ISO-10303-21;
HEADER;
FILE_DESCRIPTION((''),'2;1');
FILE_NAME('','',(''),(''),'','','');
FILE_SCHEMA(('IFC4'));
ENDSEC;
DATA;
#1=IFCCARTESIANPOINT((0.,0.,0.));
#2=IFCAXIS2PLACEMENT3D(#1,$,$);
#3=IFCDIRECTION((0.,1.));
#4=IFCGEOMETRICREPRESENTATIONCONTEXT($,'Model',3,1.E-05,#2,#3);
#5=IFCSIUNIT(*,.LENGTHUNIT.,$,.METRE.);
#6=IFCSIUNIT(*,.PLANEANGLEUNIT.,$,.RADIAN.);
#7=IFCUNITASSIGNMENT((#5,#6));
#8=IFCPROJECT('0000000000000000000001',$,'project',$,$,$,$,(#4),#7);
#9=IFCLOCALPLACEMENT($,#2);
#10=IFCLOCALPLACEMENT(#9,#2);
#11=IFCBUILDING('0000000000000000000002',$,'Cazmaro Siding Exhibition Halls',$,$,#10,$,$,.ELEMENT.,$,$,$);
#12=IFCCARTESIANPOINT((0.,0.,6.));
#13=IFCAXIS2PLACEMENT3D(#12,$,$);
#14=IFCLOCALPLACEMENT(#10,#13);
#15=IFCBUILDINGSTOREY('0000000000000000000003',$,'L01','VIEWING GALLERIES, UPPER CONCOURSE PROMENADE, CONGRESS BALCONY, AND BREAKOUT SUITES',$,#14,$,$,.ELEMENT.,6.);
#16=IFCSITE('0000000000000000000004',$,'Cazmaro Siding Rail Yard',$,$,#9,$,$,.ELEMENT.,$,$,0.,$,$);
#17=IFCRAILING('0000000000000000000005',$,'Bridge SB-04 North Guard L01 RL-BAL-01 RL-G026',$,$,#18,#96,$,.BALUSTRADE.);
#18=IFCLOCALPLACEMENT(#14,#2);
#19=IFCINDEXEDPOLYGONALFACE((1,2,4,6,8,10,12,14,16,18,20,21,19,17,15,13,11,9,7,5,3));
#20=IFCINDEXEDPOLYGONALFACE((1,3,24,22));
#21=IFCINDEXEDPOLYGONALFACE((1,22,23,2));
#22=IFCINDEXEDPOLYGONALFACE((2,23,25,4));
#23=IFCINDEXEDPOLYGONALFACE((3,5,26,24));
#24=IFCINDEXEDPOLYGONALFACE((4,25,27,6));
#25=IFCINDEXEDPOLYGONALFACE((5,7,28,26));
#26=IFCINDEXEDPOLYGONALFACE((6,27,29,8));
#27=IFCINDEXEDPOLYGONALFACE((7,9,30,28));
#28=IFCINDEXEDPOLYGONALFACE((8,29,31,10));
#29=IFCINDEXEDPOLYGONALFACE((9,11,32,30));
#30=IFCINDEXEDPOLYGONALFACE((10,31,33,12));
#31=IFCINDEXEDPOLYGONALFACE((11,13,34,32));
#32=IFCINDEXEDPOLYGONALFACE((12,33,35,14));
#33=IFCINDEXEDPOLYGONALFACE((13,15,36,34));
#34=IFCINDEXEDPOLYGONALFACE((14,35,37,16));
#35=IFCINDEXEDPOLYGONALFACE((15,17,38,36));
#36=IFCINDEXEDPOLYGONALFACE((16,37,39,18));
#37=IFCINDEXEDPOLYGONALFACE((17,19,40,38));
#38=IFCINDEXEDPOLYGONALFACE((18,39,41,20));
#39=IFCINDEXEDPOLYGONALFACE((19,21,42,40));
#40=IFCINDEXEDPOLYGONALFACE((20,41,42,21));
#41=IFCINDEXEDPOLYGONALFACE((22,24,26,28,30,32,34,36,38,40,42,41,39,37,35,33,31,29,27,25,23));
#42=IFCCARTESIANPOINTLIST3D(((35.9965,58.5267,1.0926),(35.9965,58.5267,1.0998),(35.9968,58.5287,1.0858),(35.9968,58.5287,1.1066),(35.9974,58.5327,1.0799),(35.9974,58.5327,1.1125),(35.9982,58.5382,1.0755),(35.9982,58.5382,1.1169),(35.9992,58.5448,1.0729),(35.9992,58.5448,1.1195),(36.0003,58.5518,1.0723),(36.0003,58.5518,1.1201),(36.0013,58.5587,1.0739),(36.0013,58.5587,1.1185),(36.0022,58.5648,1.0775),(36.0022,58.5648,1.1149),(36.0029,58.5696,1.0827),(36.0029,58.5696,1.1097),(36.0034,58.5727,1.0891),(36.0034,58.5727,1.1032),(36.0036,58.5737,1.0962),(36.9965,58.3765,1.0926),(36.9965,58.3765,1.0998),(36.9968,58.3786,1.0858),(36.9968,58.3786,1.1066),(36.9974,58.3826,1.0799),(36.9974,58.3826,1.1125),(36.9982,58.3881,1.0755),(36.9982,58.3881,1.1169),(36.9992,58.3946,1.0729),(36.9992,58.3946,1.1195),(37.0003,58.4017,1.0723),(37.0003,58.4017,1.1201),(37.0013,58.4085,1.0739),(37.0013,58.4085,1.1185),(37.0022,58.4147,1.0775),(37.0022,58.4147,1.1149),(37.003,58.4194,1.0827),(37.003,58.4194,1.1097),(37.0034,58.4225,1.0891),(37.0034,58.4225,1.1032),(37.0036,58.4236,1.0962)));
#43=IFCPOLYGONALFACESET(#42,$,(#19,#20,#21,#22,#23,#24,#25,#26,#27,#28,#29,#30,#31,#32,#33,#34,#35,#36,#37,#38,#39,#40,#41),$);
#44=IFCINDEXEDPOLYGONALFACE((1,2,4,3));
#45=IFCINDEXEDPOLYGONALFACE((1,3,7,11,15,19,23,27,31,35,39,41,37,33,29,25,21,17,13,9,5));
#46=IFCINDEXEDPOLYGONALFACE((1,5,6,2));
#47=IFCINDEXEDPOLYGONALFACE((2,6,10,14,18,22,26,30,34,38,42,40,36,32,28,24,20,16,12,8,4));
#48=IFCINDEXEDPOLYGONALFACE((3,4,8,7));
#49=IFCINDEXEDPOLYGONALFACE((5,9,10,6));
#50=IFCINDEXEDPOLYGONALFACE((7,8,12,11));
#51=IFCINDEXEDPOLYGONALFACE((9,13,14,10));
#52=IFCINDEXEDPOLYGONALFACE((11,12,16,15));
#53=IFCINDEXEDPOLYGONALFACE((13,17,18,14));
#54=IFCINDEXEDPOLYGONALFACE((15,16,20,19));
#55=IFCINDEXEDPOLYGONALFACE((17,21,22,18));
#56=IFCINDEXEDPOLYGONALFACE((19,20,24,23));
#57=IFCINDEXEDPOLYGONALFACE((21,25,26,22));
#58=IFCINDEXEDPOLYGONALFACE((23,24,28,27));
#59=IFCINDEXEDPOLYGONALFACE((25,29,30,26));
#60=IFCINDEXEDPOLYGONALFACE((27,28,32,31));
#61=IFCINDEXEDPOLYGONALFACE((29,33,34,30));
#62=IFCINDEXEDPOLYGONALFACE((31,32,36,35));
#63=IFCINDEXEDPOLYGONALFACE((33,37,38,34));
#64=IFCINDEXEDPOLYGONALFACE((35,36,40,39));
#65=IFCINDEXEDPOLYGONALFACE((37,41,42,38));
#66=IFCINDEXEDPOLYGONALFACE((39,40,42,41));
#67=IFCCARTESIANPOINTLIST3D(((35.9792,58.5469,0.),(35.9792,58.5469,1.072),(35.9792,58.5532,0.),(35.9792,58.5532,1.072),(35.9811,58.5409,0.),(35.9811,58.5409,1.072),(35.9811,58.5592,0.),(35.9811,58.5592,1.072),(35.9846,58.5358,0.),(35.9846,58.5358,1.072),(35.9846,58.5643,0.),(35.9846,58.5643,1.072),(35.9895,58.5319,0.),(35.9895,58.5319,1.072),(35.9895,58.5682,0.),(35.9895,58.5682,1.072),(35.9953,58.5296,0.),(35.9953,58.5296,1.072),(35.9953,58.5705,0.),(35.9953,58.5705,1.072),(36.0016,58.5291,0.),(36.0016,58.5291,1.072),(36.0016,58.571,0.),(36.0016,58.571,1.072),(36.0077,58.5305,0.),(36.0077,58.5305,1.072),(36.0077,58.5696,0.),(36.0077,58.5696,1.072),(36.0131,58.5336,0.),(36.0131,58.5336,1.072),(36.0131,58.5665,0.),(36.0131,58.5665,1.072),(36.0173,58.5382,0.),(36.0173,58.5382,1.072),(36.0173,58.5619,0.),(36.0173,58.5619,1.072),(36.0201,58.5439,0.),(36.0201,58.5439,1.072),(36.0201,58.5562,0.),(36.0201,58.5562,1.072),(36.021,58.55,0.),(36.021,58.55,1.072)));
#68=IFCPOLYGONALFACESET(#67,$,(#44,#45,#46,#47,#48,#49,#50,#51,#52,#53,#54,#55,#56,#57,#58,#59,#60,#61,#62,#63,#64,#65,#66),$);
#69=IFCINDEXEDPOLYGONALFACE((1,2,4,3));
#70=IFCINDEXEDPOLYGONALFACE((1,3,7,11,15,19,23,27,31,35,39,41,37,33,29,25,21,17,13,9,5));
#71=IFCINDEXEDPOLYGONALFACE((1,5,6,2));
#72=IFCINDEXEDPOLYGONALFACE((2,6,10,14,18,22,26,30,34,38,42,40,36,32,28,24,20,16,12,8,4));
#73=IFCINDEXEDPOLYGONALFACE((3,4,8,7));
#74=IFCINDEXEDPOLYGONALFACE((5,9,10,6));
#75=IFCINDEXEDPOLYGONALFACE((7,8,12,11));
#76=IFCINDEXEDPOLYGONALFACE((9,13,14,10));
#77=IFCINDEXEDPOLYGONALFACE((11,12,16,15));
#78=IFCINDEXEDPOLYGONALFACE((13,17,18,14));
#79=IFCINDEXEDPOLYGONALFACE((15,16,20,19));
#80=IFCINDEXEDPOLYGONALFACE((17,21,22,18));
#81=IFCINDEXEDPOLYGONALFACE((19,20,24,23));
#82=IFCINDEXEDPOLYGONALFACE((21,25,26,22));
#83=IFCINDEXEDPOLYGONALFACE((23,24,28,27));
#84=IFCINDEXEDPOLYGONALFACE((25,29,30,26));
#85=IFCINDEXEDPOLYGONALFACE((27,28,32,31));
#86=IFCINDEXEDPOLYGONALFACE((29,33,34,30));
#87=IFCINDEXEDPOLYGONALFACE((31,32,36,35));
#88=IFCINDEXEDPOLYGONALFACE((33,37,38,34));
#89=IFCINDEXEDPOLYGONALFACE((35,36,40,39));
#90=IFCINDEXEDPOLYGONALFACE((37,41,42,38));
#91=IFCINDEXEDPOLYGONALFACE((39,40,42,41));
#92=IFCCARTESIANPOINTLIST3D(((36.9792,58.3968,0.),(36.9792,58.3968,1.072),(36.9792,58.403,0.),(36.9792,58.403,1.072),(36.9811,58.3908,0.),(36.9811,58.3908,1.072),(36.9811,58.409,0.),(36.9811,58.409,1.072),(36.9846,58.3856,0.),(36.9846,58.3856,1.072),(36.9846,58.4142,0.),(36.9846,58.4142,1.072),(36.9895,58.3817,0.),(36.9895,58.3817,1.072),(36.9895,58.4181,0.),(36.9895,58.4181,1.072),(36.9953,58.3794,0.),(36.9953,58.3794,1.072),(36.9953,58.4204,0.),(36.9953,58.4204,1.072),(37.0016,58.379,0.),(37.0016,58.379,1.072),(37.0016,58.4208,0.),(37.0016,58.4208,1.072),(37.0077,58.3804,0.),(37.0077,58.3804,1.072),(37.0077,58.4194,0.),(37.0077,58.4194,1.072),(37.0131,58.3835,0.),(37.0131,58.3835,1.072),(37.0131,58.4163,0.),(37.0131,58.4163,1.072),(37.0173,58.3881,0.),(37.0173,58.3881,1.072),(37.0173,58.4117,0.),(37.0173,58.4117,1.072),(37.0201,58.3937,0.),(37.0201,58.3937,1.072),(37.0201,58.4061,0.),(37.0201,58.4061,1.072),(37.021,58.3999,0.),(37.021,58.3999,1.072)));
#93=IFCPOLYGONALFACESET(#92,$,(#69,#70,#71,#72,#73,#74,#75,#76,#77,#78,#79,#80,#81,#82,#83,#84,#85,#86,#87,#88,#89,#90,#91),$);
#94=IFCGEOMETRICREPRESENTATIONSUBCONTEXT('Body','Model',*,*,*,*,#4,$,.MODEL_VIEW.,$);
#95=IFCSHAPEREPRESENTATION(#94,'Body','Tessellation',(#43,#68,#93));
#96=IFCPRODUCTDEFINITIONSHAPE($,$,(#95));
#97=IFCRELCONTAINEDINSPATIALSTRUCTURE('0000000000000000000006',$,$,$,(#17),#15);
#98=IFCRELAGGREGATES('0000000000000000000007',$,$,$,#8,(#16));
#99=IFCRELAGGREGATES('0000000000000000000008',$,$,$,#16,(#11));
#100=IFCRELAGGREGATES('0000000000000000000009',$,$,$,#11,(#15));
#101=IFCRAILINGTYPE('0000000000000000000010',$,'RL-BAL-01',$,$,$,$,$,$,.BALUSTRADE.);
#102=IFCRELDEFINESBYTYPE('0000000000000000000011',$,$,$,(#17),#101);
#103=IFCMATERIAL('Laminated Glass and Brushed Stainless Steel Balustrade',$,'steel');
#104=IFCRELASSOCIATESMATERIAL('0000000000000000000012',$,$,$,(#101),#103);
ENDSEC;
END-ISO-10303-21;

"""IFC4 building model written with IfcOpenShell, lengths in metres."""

from ifc_helpers import new_model, si_unit, direction, frame, origin, origin_2d, place, context, subcontext, project, spatial, circle, extrude, material, type_object, element, save


model = new_model("IFC4")

# Units and contexts
model_context = context("Model", 3, precision=1e-05, world=origin(), true_north=direction((0.0, 1.0)))
body_context = subcontext(model_context, "Body", "Model", "MODEL_VIEW")
ifc_project = project(units=[si_unit("LENGTHUNIT", "METRE"), si_unit("PLANEANGLEUNIT", "RADIAN")], contexts=[model_context])

# Site, building, storey
site_placement = place(None, origin())
site = spatial("IfcSite", under=ifc_project, at=site_placement, Name="Cazmaro Siding Rail Yard", CompositionType="ELEMENT", RefElevation=0.0)
building_placement = place(site_placement, origin())
building = spatial("IfcBuilding", under=site, at=building_placement, Name="Cazmaro Siding Exhibition Halls", CompositionType="ELEMENT")
storey_placement = place(building_placement, frame((0.0, 0.0, 6.0)))
storey = spatial("IfcBuildingStorey", under=building, at=storey_placement, Name="L01", Description="VIEWING GALLERIES, UPPER CONCOURSE PROMENADE, CONGRESS BALCONY, AND BREAKOUT SUITES", CompositionType="ELEMENT", Elevation=6.0)

# Railing
ifc_material_1 = material(Name="Laminated Glass and Brushed Stainless Steel Balustrade", Category="steel")
railing_type = type_object("IfcRailingType", Name="RL-BAL-01", PredefinedType="BALUSTRADE", material=ifc_material_1)
railing_1_placement = place(storey_placement, frame((36.0, 58.55, 0.0)))
element("IfcRailing", 1, at=railing_1_placement, inside=storey, type_object=railing_type, Name="Bridge SB-04 North Guard L01 RL-BAL-01 RL-G026", PredefinedType="BALUSTRADE", context=body_context, shape_type="SweptSolid", body=[
    extrude(circle(Radius=0.0239, at=origin_2d()), frame((0.0, 0.0, 1.0962), z_axis=(0.988915, -0.148482, 0.0), x_axis=(0.148482, 0.988915, 0.0)), (0.0, 0.0, 1.0), 1.0112),
    extrude(circle(Radius=0.021, at=origin_2d()), origin(), (0.0, 0.0, 1.0), 1.072),
    extrude(circle(Radius=0.021, at=origin_2d()), frame((1.0, -0.1501, 0.0)), (0.0, 0.0, 1.0), 1.072),
])

save(model, "model.ifc")
